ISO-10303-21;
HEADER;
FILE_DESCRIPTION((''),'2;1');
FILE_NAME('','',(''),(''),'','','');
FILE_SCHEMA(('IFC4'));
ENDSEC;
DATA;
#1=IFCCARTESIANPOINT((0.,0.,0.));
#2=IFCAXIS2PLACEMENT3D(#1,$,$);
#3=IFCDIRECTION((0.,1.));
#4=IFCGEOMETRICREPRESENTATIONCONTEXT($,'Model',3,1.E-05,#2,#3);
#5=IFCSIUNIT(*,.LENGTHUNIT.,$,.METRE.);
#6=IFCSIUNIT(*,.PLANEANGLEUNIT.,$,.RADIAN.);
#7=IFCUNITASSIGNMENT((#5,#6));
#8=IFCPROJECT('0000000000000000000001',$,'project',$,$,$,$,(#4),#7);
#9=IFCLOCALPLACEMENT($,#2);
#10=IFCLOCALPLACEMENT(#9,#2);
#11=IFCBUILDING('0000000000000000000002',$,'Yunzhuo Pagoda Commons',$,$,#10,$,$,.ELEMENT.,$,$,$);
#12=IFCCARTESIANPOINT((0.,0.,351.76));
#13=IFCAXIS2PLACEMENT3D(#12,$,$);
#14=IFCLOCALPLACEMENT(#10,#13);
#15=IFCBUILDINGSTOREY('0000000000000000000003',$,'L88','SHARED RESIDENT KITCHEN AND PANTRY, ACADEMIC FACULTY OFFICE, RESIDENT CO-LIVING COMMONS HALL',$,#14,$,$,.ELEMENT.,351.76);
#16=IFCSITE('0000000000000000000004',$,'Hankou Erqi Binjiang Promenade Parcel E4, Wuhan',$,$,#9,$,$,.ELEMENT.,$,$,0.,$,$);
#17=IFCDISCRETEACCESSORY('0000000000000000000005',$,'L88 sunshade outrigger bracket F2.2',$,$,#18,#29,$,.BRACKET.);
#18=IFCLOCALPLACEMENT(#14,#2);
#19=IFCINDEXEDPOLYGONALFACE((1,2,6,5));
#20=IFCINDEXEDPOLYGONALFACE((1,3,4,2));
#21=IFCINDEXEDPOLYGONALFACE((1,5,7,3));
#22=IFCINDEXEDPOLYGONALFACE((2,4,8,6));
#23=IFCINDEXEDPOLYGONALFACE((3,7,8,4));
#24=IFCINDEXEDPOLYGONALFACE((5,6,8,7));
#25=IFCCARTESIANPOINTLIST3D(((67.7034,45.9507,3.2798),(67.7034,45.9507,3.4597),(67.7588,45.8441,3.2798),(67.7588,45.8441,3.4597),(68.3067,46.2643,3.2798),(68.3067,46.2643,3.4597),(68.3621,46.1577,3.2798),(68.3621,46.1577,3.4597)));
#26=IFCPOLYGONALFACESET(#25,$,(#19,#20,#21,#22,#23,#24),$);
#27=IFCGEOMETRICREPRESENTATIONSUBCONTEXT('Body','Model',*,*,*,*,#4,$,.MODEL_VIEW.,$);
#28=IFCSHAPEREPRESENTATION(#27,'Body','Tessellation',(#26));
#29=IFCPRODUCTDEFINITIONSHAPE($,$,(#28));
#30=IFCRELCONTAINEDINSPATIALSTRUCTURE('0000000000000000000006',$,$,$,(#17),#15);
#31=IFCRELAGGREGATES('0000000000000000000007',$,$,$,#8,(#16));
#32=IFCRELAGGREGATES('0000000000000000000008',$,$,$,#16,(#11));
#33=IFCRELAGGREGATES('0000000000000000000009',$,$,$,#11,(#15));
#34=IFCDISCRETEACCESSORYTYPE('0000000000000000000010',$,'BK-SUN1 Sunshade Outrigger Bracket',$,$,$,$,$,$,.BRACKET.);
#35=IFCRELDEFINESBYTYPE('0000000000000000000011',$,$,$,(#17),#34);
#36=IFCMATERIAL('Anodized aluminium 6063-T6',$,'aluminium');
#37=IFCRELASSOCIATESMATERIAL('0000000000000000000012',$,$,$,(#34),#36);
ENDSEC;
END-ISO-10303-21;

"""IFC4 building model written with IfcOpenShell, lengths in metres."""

from ifc_helpers import new_model, si_unit, direction, frame, origin, origin_2d, place, context, subcontext, project, spatial, rectangle, extrude, source, transform, mapped, material, type_object, element, save


model = new_model("IFC4")

# Units and contexts
model_context = context("Model", 3, precision=1e-05, world=origin(), true_north=direction((0.0, 1.0)))
body_context = subcontext(model_context, "Body", "Model", "MODEL_VIEW")
ifc_project = project(units=[si_unit("LENGTHUNIT", "METRE"), si_unit("PLANEANGLEUNIT", "RADIAN")], contexts=[model_context])

# Site, building, storey
site_placement = place(None, origin())
site = spatial("IfcSite", under=ifc_project, at=site_placement, Name="Hankou Erqi Binjiang Promenade Parcel E4, Wuhan", CompositionType="ELEMENT", RefElevation=0.0)
building_placement = place(site_placement, origin())
building = spatial("IfcBuilding", under=site, at=building_placement, Name="Yunzhuo Pagoda Commons", CompositionType="ELEMENT")
storey_placement = place(building_placement, frame((0.0, 0.0, 351.76)))
storey = spatial("IfcBuildingStorey", under=building, at=storey_placement, Name="L88", Description="SHARED RESIDENT KITCHEN AND PANTRY, ACADEMIC FACULTY OFFICE, RESIDENT CO-LIVING COMMONS HALL", CompositionType="ELEMENT", Elevation=351.76)

# Shared definitions
ifc_material_1 = material(Name="Anodized aluminium 6063-T6", Category="aluminium")

# Discrete accessory
discrete_accessory_type = type_object("IfcDiscreteAccessoryType", Name="BK-SUN1 Sunshade Outrigger Bracket", PredefinedType="BRACKET", material=ifc_material_1)
shared_shape_1 = source(origin(), body_context, "Body", "SweptSolid", [
    extrude(rectangle(XDim=0.1201, YDim=0.6799, at=origin_2d()), origin(), (0.0, 0.0, 1.0), 0.1799),
])
discrete_accessory_placement = place(storey_placement, frame((68.0327, 46.0542, 3.2798), z_axis=(0.0, 0.0, 1.0), x_axis=(-0.461191, 0.887301, 0.0)))
element("IfcDiscreteAccessory", 1, at=discrete_accessory_placement, inside=storey, type_object=discrete_accessory_type, Name="L88 sunshade outrigger bracket F2.2", PredefinedType="BRACKET", context=body_context, shape_type="MappedRepresentation", body=[
    mapped(shared_shape_1, transform((0.0, 0.0, 0.0), scale=1.0)),
])

save(model, "model.ifc")
